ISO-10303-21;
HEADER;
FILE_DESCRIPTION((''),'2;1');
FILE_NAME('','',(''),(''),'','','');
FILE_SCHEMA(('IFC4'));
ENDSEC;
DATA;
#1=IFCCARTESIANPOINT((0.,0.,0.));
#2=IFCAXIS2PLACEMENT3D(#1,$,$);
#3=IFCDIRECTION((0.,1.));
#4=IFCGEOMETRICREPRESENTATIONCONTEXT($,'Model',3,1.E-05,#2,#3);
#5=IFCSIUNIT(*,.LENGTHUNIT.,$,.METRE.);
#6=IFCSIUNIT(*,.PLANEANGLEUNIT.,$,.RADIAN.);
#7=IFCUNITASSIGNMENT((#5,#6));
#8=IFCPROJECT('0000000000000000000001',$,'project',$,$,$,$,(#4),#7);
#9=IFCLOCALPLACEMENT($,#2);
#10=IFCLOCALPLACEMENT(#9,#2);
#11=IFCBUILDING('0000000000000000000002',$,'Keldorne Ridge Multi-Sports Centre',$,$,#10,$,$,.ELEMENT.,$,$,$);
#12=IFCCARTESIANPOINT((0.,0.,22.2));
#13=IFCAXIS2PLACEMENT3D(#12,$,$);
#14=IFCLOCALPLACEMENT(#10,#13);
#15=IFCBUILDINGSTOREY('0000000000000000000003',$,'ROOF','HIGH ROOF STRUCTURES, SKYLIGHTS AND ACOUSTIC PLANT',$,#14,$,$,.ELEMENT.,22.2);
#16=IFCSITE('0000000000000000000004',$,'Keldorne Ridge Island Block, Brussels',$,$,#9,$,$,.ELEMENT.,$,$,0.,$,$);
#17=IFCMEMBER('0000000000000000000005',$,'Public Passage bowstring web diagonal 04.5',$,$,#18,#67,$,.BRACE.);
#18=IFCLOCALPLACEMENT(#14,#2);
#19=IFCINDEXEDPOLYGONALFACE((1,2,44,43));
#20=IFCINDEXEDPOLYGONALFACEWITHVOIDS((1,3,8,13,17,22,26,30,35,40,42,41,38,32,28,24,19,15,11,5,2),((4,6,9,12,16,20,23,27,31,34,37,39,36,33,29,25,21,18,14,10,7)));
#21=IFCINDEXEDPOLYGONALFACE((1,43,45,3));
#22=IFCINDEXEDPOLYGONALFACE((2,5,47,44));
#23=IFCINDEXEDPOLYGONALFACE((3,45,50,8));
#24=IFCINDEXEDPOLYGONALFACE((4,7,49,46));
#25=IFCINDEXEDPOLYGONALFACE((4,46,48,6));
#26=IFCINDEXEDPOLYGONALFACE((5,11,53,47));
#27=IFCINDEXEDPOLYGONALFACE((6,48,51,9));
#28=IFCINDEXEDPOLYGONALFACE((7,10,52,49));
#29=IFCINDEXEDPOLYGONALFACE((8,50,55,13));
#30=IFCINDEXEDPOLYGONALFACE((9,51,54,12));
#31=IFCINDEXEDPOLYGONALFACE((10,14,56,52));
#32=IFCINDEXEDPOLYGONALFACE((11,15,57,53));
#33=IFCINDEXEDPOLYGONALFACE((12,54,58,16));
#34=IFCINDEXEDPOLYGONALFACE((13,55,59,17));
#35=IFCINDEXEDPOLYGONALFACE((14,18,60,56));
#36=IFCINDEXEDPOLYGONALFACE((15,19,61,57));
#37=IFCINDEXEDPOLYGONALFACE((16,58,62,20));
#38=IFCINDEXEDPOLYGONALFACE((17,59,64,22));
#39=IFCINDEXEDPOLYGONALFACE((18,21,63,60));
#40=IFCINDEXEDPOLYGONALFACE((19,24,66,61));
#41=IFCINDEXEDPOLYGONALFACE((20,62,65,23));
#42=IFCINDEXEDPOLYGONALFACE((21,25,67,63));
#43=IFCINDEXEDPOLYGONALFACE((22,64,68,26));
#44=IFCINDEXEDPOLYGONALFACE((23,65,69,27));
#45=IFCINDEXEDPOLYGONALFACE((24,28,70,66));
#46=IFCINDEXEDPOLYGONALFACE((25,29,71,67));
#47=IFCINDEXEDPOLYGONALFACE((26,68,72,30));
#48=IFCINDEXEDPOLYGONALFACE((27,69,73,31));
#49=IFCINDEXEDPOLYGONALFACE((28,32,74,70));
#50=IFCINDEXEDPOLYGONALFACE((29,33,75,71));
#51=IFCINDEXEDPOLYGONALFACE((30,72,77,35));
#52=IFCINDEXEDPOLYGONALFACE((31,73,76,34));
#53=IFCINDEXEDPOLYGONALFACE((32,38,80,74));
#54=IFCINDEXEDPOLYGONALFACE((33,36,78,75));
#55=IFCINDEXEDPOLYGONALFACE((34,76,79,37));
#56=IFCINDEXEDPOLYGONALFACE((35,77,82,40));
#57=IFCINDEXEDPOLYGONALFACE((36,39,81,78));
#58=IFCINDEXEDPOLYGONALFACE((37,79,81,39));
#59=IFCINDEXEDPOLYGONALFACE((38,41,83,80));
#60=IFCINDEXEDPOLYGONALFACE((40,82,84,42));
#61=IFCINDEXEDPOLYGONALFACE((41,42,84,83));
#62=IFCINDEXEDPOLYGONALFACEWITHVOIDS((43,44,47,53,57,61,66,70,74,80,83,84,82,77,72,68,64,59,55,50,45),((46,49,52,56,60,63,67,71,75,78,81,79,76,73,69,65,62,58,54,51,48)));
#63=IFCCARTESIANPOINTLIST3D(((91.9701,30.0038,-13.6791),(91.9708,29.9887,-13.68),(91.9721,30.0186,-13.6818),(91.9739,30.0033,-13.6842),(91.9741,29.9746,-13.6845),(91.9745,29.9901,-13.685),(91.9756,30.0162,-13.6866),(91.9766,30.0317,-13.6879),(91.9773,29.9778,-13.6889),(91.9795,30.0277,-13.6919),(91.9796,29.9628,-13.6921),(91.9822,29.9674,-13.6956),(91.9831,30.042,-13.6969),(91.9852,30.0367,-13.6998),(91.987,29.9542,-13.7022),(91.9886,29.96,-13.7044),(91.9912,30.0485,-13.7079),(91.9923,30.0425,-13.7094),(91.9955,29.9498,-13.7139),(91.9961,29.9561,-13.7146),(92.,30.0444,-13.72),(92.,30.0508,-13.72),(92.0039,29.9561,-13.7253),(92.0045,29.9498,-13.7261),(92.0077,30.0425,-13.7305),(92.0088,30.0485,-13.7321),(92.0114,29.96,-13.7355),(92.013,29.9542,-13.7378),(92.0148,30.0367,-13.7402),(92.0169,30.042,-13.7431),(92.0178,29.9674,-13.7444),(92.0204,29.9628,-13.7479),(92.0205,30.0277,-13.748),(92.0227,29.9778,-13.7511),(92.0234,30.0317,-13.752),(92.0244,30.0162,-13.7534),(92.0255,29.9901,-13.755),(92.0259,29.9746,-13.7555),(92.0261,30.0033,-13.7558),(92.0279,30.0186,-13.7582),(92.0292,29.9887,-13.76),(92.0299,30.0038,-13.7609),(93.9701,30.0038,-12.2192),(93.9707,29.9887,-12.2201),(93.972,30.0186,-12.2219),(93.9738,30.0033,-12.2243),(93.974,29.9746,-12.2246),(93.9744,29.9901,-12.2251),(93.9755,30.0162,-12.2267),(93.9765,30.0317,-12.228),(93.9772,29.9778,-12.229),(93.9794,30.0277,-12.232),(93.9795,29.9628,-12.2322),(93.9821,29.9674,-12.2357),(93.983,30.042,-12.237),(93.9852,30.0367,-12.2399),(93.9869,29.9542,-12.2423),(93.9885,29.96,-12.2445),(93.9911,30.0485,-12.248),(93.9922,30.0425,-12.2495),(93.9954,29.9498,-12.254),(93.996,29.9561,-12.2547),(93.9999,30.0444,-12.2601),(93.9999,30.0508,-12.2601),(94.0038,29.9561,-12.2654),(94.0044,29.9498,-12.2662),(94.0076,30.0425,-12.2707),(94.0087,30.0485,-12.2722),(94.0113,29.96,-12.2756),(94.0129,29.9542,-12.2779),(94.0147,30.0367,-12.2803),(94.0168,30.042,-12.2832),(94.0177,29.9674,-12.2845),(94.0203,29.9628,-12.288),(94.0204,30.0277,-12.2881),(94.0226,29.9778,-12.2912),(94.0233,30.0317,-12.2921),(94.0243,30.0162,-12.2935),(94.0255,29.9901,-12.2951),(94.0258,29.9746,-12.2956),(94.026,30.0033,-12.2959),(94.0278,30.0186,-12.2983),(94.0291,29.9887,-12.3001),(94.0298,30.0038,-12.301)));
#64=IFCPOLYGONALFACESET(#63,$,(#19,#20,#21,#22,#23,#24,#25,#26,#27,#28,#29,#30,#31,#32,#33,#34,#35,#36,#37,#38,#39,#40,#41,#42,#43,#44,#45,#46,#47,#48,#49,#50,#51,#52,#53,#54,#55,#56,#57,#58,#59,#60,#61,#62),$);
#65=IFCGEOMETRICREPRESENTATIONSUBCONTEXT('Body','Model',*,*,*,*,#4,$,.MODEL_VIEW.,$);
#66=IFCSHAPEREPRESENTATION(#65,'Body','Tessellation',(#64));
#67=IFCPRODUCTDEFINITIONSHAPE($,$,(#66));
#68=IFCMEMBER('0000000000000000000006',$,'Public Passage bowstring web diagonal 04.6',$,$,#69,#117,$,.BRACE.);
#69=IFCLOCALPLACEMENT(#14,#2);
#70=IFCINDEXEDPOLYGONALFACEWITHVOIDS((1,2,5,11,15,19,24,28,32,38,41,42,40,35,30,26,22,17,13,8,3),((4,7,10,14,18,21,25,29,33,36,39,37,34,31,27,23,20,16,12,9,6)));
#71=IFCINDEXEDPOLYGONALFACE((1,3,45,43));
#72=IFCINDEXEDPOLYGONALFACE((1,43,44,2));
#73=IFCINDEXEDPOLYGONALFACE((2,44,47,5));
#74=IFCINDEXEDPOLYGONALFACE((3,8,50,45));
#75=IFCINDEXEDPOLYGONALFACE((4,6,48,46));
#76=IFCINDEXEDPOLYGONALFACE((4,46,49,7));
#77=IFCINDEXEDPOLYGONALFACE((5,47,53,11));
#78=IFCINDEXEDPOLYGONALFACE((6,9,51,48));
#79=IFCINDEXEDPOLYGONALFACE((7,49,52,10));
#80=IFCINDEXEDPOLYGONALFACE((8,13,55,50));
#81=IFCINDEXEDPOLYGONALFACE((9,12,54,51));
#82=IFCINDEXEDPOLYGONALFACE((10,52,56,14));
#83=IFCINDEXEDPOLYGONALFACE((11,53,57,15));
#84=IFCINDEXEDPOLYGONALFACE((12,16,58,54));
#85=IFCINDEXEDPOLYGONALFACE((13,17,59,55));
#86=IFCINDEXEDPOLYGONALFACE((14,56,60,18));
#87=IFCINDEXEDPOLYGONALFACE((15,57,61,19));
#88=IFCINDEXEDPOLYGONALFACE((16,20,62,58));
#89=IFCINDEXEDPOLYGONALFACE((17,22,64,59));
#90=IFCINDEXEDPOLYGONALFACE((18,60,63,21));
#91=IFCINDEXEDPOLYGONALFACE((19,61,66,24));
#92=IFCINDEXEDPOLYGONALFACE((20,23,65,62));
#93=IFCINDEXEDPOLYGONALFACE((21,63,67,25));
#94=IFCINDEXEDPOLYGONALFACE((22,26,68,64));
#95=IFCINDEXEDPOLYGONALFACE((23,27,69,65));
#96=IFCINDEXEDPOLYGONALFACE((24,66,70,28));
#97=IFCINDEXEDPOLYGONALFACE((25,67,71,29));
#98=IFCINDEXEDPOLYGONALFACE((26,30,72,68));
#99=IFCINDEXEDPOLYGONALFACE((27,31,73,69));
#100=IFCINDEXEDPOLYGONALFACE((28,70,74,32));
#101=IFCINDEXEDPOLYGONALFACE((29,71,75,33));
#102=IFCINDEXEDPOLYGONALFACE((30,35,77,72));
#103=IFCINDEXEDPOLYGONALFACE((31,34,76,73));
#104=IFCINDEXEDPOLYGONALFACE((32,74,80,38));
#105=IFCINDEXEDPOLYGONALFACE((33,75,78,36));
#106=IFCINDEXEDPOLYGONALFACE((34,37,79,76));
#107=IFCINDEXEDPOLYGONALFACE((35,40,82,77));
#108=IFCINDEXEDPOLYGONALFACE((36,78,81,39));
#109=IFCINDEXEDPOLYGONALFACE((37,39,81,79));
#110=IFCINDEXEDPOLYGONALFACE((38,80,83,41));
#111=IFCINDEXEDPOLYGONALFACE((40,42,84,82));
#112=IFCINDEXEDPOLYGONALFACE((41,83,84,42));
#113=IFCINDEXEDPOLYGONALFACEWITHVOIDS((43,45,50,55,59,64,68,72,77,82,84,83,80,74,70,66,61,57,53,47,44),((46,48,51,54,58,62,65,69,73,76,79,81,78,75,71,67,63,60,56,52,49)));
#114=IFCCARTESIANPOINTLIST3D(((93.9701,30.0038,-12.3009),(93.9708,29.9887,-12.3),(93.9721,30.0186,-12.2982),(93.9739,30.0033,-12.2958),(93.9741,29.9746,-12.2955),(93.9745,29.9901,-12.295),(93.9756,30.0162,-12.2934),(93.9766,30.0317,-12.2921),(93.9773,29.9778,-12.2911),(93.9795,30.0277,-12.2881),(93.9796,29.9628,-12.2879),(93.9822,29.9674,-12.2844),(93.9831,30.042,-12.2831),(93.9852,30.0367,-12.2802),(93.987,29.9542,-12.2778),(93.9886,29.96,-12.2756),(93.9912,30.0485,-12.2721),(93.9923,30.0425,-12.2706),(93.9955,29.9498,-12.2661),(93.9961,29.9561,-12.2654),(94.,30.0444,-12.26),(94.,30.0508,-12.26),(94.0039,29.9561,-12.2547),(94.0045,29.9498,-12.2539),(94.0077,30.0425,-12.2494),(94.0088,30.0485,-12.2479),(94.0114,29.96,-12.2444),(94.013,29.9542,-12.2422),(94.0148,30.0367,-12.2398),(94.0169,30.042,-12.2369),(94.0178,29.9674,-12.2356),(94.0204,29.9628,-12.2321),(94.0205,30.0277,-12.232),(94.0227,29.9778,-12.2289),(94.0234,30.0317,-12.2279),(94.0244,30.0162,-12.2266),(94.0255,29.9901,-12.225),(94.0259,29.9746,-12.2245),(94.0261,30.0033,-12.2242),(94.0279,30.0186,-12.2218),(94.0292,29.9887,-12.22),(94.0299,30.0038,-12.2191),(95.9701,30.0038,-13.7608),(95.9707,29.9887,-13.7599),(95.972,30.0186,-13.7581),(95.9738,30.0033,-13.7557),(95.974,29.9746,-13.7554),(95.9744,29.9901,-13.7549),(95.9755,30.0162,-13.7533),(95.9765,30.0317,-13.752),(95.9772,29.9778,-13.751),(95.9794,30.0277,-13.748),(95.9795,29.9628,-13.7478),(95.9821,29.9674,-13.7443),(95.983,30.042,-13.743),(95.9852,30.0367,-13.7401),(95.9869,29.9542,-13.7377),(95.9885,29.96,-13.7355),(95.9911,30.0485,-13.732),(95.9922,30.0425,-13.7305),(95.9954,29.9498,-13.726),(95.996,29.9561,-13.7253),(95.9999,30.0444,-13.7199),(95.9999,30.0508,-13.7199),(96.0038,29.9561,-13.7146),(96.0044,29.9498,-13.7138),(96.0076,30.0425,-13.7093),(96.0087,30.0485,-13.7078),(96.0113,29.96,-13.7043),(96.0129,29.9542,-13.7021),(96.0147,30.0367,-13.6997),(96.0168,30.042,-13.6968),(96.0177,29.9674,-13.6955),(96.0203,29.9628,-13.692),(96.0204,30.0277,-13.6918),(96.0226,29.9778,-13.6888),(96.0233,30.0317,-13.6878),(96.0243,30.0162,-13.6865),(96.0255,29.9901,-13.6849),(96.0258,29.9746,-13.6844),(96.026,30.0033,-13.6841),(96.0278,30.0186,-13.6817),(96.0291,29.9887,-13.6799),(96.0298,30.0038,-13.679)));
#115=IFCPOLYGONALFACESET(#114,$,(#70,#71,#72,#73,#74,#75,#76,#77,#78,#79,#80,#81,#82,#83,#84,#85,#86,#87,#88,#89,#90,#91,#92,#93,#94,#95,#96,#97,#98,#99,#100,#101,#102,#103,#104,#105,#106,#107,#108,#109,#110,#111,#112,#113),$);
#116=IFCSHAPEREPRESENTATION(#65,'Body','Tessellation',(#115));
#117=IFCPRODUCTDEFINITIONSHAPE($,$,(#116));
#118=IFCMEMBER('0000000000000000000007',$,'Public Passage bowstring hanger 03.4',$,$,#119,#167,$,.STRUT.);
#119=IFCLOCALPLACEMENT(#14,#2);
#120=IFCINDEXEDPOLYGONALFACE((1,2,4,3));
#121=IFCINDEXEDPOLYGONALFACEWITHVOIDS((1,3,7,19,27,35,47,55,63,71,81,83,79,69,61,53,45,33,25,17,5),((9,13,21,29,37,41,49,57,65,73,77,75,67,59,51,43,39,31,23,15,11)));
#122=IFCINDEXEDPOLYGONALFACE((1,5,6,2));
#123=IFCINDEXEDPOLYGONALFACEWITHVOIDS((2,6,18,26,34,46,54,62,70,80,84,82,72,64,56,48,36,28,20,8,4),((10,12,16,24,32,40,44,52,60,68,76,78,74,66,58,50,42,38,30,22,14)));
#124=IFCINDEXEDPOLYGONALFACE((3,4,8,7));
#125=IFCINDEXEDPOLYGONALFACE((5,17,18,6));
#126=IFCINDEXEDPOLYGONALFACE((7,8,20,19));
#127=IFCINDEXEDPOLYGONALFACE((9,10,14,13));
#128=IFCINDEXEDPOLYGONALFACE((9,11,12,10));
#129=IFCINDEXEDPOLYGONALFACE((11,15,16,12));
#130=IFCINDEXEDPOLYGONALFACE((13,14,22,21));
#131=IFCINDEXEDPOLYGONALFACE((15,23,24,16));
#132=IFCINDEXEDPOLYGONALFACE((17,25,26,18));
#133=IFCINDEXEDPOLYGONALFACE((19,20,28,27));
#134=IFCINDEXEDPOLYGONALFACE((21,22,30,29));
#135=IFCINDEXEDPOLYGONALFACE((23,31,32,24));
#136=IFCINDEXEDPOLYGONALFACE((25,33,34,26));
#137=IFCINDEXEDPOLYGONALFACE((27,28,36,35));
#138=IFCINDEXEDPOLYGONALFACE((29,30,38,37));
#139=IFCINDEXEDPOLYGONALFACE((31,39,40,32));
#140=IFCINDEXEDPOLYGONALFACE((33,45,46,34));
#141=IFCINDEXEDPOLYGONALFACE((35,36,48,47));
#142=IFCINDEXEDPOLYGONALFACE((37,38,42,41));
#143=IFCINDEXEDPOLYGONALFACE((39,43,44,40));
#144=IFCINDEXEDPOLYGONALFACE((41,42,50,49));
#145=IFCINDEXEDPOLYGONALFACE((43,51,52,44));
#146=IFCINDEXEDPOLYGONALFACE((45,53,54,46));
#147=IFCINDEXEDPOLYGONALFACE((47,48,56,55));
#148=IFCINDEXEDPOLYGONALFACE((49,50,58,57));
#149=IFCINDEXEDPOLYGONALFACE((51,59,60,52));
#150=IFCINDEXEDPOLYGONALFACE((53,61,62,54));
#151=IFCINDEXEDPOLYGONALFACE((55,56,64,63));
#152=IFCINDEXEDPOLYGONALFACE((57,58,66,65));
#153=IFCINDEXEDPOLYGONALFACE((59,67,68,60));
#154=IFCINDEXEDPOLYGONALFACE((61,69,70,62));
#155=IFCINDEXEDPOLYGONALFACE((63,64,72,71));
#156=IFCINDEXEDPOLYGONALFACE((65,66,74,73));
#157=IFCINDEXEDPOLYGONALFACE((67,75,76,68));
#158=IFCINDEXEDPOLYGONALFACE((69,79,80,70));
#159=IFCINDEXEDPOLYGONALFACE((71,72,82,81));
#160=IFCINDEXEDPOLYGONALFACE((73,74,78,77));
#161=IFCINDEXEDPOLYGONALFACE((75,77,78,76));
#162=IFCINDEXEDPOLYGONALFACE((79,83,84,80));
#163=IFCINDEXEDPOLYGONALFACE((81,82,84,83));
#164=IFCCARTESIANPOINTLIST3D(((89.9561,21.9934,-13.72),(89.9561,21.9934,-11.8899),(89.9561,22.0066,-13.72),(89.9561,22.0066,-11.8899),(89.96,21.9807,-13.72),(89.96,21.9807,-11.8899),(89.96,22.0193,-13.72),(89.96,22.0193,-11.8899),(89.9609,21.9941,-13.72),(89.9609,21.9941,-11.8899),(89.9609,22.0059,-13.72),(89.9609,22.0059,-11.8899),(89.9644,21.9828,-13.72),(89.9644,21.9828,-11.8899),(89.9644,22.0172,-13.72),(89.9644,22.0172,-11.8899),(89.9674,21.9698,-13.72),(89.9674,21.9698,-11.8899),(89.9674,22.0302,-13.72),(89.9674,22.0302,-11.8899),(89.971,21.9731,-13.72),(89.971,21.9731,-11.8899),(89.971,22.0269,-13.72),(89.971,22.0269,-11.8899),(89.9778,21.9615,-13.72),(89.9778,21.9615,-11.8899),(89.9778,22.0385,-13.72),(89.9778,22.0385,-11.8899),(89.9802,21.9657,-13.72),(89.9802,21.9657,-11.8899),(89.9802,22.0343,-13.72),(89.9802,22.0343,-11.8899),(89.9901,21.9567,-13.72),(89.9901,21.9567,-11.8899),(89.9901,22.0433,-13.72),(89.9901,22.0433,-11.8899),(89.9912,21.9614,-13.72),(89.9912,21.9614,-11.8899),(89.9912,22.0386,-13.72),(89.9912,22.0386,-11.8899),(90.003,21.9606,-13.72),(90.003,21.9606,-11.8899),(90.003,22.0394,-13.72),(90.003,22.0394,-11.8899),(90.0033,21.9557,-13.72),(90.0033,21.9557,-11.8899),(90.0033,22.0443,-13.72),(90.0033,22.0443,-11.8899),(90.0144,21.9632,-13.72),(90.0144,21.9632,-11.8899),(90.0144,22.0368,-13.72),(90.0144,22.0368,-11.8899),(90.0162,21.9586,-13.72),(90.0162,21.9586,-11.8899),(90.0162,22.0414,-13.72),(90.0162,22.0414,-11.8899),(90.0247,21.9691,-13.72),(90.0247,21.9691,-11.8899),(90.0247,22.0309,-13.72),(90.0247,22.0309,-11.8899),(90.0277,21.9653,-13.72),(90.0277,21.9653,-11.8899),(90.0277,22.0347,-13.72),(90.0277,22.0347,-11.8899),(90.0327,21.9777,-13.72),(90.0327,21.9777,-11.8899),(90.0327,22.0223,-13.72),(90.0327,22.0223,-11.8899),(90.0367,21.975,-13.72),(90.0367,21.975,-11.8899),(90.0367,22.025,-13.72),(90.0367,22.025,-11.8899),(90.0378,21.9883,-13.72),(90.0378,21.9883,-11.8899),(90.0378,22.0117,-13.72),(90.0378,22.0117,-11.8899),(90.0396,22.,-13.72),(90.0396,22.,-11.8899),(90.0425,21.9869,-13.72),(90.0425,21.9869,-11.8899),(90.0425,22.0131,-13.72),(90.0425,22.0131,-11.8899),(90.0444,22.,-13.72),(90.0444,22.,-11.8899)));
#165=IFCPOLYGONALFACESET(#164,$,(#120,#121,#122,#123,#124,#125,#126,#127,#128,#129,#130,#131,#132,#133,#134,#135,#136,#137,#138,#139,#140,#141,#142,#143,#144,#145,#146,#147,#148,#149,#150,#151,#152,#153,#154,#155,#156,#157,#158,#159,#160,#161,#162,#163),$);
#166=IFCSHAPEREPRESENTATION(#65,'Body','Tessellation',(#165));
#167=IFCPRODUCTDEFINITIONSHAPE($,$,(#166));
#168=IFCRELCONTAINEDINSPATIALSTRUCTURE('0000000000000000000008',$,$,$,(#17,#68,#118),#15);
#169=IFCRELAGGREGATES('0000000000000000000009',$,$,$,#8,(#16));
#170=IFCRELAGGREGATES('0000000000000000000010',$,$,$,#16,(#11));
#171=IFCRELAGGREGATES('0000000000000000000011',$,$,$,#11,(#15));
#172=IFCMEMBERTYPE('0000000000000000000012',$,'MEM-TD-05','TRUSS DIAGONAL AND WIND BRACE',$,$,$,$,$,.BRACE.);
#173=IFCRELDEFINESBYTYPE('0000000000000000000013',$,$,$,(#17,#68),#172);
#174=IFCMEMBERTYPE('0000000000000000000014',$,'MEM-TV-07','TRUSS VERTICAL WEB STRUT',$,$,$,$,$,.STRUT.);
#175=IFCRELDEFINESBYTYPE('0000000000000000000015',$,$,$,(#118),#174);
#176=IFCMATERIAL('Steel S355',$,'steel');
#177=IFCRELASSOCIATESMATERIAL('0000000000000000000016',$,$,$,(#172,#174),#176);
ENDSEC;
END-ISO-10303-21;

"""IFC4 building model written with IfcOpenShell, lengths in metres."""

from ifc_helpers import new_model, si_unit, direction, frame, origin, origin_2d, place, context, subcontext, project, spatial, hollow_circle, extrude, material, material_profile, profile_set, type_object, element, save


model = new_model("IFC4")

# Units and contexts
model_context = context("Model", 3, precision=1e-05, world=origin(), true_north=direction((0.0, 1.0)))
body_context = subcontext(model_context, "Body", "Model", "MODEL_VIEW")
ifc_project = project(units=[si_unit("LENGTHUNIT", "METRE"), si_unit("PLANEANGLEUNIT", "RADIAN")], contexts=[model_context])

# Site, building, storey
site_placement = place(None, origin())
site = spatial("IfcSite", under=ifc_project, at=site_placement, Name="Keldorne Ridge Island Block, Brussels", CompositionType="ELEMENT", RefElevation=0.0)
building_placement = place(site_placement, origin())
building = spatial("IfcBuilding", under=site, at=building_placement, Name="Keldorne Ridge Multi-Sports Centre", CompositionType="ELEMENT")
storey_placement = place(building_placement, frame((0.0, 0.0, 22.2)))
storey = spatial("IfcBuildingStorey", under=building, at=storey_placement, Name="ROOF", Description="HIGH ROOF STRUCTURES, SKYLIGHTS AND ACOUSTIC PLANT", CompositionType="ELEMENT", Elevation=22.2)

# Members
ifc_material = material(Name="Steel S355", Category="steel")
ifc_material_profile_1 = material_profile(ifc_material, hollow_circle(Radius=0.0508, WallThickness=0.0063, at=origin_2d()), Name="CHS 101.6x6.3")
ifc_profile_set_1 = profile_set([ifc_material_profile_1], Name="Steel S355")
member_type_1 = type_object("IfcMemberType", Name="MEM-TD-05", Description="TRUSS DIAGONAL AND WIND BRACE", PredefinedType="BRACE", material=ifc_profile_set_1)
for number, where, z_axis, x_axis, name in (
    (1, (92.0, 30.0, -13.72), (0.807695, 0.0, 0.589601), (0.0, 1.0, 0.0), "Public Passage bowstring web diagonal 04.5"),
    (2, (94.0, 30.0, -12.26), (0.807695, 0.0, -0.589601), (0.0, 1.0, 0.0), "Public Passage bowstring web diagonal 04.6"),
):
    element("IfcMember", number, at=place(storey_placement, frame(where, z_axis=z_axis, x_axis=x_axis)), inside=storey, type_object=member_type_1, Name=name, PredefinedType="BRACE", context=body_context, shape_type="SweptSolid", body=[
        extrude(hollow_circle(Radius=0.0508, WallThickness=0.0063, at=origin_2d()), origin(), (0.0, 0.0, 1.0), 2.4761),
    ])
ifc_material_profile_2 = material_profile(ifc_material, hollow_circle(Radius=0.0444, WallThickness=0.0049, at=origin_2d()), Name="CHS 88.9x5")
ifc_profile_set_2 = profile_set([ifc_material_profile_2], Name="Steel S355")
member_type_2 = type_object("IfcMemberType", Name="MEM-TV-07", Description="TRUSS VERTICAL WEB STRUT", PredefinedType="STRUT", material=ifc_profile_set_2)
member_1_placement = place(storey_placement, frame((90.0, 22.0, -13.72), z_axis=(0.0, 0.0, 1.0), x_axis=(1.0, 0.0, 0.0)))
element("IfcMember", 3, at=member_1_placement, inside=storey, type_object=member_type_2, Name="Public Passage bowstring hanger 03.4", PredefinedType="STRUT", context=body_context, shape_type="SweptSolid", body=[
    extrude(hollow_circle(Radius=0.0444, WallThickness=0.0049, at=origin_2d()), origin(), (0.0, 0.0, 1.0), 1.8301),
])

save(model, "model.ifc")
